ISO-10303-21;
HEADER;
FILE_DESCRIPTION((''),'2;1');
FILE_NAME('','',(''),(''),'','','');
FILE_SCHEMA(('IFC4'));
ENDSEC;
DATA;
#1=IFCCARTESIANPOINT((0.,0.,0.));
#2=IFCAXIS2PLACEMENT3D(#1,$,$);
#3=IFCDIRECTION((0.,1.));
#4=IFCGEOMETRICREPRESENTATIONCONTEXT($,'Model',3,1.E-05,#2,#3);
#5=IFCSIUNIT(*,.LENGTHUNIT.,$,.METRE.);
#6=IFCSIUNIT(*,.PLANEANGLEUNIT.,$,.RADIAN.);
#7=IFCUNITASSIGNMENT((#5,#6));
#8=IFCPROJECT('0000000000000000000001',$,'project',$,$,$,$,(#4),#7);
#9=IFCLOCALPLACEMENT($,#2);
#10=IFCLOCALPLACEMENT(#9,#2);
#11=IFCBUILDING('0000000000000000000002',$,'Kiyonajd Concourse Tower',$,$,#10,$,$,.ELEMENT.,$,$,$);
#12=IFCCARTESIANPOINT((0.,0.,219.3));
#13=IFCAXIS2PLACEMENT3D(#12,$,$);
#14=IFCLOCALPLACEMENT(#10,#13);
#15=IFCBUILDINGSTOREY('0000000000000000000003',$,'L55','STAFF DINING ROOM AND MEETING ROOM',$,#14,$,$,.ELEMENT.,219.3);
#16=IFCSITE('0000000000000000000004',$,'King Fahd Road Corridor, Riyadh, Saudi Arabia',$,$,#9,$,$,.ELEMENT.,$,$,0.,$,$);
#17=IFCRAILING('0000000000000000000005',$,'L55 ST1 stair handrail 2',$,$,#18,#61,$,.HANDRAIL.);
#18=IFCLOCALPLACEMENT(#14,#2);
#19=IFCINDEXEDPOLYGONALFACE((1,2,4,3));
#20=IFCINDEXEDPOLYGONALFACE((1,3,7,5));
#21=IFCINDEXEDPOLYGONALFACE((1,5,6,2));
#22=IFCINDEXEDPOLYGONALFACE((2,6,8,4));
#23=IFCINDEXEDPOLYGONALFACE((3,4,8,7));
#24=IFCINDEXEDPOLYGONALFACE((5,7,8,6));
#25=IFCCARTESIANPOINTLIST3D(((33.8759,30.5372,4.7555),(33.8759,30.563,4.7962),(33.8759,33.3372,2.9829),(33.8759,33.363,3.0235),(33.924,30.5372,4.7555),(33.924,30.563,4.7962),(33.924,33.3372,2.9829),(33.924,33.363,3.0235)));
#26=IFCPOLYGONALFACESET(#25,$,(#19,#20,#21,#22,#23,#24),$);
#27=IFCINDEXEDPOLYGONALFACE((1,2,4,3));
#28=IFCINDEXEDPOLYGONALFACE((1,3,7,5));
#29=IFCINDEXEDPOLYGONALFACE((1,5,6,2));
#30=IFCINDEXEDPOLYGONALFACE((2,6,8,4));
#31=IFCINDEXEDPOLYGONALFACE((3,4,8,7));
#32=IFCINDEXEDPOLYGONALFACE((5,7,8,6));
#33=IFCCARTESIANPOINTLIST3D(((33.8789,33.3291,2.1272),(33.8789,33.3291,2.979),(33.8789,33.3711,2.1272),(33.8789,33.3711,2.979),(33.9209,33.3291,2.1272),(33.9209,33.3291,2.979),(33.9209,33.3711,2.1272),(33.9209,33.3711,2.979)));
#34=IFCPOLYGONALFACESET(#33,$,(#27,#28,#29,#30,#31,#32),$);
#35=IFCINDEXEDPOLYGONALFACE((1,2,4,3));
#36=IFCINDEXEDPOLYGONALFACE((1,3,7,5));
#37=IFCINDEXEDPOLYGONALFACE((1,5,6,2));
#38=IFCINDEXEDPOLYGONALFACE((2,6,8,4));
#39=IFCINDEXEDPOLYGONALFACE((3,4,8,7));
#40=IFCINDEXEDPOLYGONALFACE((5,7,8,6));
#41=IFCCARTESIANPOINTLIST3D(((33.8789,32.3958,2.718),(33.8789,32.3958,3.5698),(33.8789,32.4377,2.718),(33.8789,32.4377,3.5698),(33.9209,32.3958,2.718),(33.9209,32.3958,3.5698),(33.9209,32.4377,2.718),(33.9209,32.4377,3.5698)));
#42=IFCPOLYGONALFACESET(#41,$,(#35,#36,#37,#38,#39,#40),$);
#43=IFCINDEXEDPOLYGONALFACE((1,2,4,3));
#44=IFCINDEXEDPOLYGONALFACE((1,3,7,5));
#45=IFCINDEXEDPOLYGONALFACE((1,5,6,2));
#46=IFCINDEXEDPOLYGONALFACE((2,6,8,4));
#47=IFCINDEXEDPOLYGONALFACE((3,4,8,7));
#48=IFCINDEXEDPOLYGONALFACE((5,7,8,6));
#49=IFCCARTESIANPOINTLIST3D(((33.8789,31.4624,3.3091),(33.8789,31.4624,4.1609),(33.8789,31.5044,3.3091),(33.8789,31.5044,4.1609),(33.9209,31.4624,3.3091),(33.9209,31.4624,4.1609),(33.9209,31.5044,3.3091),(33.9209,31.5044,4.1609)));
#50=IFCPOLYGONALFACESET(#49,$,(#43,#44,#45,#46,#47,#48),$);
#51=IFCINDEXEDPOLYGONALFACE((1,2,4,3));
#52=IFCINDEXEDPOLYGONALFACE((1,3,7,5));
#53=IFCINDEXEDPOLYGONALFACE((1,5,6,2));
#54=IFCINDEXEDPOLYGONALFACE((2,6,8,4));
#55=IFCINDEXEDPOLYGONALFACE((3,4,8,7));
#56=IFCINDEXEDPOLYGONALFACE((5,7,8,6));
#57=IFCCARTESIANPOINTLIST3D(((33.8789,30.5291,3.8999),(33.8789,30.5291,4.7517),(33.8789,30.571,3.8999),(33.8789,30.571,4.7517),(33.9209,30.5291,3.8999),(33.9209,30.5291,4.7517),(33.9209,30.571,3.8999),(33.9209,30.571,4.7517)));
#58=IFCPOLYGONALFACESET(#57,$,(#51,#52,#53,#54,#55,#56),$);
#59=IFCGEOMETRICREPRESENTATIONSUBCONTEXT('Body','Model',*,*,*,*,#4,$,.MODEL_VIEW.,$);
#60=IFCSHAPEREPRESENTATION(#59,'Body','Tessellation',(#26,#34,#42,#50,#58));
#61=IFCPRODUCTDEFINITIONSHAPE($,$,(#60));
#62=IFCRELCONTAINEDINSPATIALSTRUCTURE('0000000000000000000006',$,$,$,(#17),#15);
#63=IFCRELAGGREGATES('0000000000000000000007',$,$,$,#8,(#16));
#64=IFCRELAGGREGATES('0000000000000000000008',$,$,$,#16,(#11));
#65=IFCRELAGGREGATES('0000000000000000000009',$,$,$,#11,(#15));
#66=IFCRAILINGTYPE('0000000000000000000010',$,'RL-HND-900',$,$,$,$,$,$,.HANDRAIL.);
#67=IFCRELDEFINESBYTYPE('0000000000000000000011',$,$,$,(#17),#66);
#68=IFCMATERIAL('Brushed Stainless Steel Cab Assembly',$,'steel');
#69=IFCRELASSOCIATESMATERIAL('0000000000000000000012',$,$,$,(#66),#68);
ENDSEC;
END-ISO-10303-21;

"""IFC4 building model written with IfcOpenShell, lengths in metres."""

from ifc_helpers import new_model, si_unit, direction, frame, origin, origin_2d, place, context, subcontext, project, spatial, rectangle, extrude, material, type_object, element, save


model = new_model("IFC4")

# Units and contexts
model_context = context("Model", 3, precision=1e-05, world=origin(), true_north=direction((0.0, 1.0)))
body_context = subcontext(model_context, "Body", "Model", "MODEL_VIEW")
ifc_project = project(units=[si_unit("LENGTHUNIT", "METRE"), si_unit("PLANEANGLEUNIT", "RADIAN")], contexts=[model_context])

# Site, building, storey
site_placement = place(None, origin())
site = spatial("IfcSite", under=ifc_project, at=site_placement, Name="King Fahd Road Corridor, Riyadh, Saudi Arabia", CompositionType="ELEMENT", RefElevation=0.0)
building_placement = place(site_placement, origin())
building = spatial("IfcBuilding", under=site, at=building_placement, Name="Kiyonajd Concourse Tower", CompositionType="ELEMENT")
storey_placement = place(building_placement, frame((0.0, 0.0, 219.3)))
storey = spatial("IfcBuildingStorey", under=building, at=storey_placement, Name="L55", Description="STAFF DINING ROOM AND MEETING ROOM", CompositionType="ELEMENT", Elevation=219.3)

# Shared definitions
ifc_material_1 = material(Name="Brushed Stainless Steel Cab Assembly", Category="steel")

# Railing
railing_type_1 = type_object("IfcRailingType", Name="RL-HND-900", PredefinedType="HANDRAIL", material=ifc_material_1)
railing_1_placement = place(storey_placement, frame((33.8999, 33.3501, 2.1272)))
element("IfcRailing", 1, at=railing_1_placement, inside=storey, type_object=railing_type_1, Name="L55 ST1 stair handrail 2", PredefinedType="HANDRAIL", context=body_context, shape_type="SweptSolid", body=[
    extrude(rectangle(XDim=0.0481, YDim=0.0481, at=origin_2d()), frame((0.0, 0.0, 0.876), z_axis=(0.0, -0.844909, 0.53491), x_axis=(1.0, 0.0, 0.0)), (0.0, 0.0, 1.0), 3.314),
    extrude(rectangle(XDim=0.042, YDim=0.042, at=origin_2d()), origin(), (0.0, 0.0, 1.0), 0.8518),
    extrude(rectangle(XDim=0.042, YDim=0.042, at=origin_2d()), frame((0.0, -0.9333, 0.5908)), (0.0, 0.0, 1.0), 0.8518),
    extrude(rectangle(XDim=0.042, YDim=0.042, at=origin_2d()), frame((0.0, -1.8667, 1.1819)), (0.0, 0.0, 1.0), 0.8518),
    extrude(rectangle(XDim=0.042, YDim=0.042, at=origin_2d()), frame((0.0, -2.8, 1.7727)), (0.0, 0.0, 1.0), 0.8518),
])

save(model, "model.ifc")
